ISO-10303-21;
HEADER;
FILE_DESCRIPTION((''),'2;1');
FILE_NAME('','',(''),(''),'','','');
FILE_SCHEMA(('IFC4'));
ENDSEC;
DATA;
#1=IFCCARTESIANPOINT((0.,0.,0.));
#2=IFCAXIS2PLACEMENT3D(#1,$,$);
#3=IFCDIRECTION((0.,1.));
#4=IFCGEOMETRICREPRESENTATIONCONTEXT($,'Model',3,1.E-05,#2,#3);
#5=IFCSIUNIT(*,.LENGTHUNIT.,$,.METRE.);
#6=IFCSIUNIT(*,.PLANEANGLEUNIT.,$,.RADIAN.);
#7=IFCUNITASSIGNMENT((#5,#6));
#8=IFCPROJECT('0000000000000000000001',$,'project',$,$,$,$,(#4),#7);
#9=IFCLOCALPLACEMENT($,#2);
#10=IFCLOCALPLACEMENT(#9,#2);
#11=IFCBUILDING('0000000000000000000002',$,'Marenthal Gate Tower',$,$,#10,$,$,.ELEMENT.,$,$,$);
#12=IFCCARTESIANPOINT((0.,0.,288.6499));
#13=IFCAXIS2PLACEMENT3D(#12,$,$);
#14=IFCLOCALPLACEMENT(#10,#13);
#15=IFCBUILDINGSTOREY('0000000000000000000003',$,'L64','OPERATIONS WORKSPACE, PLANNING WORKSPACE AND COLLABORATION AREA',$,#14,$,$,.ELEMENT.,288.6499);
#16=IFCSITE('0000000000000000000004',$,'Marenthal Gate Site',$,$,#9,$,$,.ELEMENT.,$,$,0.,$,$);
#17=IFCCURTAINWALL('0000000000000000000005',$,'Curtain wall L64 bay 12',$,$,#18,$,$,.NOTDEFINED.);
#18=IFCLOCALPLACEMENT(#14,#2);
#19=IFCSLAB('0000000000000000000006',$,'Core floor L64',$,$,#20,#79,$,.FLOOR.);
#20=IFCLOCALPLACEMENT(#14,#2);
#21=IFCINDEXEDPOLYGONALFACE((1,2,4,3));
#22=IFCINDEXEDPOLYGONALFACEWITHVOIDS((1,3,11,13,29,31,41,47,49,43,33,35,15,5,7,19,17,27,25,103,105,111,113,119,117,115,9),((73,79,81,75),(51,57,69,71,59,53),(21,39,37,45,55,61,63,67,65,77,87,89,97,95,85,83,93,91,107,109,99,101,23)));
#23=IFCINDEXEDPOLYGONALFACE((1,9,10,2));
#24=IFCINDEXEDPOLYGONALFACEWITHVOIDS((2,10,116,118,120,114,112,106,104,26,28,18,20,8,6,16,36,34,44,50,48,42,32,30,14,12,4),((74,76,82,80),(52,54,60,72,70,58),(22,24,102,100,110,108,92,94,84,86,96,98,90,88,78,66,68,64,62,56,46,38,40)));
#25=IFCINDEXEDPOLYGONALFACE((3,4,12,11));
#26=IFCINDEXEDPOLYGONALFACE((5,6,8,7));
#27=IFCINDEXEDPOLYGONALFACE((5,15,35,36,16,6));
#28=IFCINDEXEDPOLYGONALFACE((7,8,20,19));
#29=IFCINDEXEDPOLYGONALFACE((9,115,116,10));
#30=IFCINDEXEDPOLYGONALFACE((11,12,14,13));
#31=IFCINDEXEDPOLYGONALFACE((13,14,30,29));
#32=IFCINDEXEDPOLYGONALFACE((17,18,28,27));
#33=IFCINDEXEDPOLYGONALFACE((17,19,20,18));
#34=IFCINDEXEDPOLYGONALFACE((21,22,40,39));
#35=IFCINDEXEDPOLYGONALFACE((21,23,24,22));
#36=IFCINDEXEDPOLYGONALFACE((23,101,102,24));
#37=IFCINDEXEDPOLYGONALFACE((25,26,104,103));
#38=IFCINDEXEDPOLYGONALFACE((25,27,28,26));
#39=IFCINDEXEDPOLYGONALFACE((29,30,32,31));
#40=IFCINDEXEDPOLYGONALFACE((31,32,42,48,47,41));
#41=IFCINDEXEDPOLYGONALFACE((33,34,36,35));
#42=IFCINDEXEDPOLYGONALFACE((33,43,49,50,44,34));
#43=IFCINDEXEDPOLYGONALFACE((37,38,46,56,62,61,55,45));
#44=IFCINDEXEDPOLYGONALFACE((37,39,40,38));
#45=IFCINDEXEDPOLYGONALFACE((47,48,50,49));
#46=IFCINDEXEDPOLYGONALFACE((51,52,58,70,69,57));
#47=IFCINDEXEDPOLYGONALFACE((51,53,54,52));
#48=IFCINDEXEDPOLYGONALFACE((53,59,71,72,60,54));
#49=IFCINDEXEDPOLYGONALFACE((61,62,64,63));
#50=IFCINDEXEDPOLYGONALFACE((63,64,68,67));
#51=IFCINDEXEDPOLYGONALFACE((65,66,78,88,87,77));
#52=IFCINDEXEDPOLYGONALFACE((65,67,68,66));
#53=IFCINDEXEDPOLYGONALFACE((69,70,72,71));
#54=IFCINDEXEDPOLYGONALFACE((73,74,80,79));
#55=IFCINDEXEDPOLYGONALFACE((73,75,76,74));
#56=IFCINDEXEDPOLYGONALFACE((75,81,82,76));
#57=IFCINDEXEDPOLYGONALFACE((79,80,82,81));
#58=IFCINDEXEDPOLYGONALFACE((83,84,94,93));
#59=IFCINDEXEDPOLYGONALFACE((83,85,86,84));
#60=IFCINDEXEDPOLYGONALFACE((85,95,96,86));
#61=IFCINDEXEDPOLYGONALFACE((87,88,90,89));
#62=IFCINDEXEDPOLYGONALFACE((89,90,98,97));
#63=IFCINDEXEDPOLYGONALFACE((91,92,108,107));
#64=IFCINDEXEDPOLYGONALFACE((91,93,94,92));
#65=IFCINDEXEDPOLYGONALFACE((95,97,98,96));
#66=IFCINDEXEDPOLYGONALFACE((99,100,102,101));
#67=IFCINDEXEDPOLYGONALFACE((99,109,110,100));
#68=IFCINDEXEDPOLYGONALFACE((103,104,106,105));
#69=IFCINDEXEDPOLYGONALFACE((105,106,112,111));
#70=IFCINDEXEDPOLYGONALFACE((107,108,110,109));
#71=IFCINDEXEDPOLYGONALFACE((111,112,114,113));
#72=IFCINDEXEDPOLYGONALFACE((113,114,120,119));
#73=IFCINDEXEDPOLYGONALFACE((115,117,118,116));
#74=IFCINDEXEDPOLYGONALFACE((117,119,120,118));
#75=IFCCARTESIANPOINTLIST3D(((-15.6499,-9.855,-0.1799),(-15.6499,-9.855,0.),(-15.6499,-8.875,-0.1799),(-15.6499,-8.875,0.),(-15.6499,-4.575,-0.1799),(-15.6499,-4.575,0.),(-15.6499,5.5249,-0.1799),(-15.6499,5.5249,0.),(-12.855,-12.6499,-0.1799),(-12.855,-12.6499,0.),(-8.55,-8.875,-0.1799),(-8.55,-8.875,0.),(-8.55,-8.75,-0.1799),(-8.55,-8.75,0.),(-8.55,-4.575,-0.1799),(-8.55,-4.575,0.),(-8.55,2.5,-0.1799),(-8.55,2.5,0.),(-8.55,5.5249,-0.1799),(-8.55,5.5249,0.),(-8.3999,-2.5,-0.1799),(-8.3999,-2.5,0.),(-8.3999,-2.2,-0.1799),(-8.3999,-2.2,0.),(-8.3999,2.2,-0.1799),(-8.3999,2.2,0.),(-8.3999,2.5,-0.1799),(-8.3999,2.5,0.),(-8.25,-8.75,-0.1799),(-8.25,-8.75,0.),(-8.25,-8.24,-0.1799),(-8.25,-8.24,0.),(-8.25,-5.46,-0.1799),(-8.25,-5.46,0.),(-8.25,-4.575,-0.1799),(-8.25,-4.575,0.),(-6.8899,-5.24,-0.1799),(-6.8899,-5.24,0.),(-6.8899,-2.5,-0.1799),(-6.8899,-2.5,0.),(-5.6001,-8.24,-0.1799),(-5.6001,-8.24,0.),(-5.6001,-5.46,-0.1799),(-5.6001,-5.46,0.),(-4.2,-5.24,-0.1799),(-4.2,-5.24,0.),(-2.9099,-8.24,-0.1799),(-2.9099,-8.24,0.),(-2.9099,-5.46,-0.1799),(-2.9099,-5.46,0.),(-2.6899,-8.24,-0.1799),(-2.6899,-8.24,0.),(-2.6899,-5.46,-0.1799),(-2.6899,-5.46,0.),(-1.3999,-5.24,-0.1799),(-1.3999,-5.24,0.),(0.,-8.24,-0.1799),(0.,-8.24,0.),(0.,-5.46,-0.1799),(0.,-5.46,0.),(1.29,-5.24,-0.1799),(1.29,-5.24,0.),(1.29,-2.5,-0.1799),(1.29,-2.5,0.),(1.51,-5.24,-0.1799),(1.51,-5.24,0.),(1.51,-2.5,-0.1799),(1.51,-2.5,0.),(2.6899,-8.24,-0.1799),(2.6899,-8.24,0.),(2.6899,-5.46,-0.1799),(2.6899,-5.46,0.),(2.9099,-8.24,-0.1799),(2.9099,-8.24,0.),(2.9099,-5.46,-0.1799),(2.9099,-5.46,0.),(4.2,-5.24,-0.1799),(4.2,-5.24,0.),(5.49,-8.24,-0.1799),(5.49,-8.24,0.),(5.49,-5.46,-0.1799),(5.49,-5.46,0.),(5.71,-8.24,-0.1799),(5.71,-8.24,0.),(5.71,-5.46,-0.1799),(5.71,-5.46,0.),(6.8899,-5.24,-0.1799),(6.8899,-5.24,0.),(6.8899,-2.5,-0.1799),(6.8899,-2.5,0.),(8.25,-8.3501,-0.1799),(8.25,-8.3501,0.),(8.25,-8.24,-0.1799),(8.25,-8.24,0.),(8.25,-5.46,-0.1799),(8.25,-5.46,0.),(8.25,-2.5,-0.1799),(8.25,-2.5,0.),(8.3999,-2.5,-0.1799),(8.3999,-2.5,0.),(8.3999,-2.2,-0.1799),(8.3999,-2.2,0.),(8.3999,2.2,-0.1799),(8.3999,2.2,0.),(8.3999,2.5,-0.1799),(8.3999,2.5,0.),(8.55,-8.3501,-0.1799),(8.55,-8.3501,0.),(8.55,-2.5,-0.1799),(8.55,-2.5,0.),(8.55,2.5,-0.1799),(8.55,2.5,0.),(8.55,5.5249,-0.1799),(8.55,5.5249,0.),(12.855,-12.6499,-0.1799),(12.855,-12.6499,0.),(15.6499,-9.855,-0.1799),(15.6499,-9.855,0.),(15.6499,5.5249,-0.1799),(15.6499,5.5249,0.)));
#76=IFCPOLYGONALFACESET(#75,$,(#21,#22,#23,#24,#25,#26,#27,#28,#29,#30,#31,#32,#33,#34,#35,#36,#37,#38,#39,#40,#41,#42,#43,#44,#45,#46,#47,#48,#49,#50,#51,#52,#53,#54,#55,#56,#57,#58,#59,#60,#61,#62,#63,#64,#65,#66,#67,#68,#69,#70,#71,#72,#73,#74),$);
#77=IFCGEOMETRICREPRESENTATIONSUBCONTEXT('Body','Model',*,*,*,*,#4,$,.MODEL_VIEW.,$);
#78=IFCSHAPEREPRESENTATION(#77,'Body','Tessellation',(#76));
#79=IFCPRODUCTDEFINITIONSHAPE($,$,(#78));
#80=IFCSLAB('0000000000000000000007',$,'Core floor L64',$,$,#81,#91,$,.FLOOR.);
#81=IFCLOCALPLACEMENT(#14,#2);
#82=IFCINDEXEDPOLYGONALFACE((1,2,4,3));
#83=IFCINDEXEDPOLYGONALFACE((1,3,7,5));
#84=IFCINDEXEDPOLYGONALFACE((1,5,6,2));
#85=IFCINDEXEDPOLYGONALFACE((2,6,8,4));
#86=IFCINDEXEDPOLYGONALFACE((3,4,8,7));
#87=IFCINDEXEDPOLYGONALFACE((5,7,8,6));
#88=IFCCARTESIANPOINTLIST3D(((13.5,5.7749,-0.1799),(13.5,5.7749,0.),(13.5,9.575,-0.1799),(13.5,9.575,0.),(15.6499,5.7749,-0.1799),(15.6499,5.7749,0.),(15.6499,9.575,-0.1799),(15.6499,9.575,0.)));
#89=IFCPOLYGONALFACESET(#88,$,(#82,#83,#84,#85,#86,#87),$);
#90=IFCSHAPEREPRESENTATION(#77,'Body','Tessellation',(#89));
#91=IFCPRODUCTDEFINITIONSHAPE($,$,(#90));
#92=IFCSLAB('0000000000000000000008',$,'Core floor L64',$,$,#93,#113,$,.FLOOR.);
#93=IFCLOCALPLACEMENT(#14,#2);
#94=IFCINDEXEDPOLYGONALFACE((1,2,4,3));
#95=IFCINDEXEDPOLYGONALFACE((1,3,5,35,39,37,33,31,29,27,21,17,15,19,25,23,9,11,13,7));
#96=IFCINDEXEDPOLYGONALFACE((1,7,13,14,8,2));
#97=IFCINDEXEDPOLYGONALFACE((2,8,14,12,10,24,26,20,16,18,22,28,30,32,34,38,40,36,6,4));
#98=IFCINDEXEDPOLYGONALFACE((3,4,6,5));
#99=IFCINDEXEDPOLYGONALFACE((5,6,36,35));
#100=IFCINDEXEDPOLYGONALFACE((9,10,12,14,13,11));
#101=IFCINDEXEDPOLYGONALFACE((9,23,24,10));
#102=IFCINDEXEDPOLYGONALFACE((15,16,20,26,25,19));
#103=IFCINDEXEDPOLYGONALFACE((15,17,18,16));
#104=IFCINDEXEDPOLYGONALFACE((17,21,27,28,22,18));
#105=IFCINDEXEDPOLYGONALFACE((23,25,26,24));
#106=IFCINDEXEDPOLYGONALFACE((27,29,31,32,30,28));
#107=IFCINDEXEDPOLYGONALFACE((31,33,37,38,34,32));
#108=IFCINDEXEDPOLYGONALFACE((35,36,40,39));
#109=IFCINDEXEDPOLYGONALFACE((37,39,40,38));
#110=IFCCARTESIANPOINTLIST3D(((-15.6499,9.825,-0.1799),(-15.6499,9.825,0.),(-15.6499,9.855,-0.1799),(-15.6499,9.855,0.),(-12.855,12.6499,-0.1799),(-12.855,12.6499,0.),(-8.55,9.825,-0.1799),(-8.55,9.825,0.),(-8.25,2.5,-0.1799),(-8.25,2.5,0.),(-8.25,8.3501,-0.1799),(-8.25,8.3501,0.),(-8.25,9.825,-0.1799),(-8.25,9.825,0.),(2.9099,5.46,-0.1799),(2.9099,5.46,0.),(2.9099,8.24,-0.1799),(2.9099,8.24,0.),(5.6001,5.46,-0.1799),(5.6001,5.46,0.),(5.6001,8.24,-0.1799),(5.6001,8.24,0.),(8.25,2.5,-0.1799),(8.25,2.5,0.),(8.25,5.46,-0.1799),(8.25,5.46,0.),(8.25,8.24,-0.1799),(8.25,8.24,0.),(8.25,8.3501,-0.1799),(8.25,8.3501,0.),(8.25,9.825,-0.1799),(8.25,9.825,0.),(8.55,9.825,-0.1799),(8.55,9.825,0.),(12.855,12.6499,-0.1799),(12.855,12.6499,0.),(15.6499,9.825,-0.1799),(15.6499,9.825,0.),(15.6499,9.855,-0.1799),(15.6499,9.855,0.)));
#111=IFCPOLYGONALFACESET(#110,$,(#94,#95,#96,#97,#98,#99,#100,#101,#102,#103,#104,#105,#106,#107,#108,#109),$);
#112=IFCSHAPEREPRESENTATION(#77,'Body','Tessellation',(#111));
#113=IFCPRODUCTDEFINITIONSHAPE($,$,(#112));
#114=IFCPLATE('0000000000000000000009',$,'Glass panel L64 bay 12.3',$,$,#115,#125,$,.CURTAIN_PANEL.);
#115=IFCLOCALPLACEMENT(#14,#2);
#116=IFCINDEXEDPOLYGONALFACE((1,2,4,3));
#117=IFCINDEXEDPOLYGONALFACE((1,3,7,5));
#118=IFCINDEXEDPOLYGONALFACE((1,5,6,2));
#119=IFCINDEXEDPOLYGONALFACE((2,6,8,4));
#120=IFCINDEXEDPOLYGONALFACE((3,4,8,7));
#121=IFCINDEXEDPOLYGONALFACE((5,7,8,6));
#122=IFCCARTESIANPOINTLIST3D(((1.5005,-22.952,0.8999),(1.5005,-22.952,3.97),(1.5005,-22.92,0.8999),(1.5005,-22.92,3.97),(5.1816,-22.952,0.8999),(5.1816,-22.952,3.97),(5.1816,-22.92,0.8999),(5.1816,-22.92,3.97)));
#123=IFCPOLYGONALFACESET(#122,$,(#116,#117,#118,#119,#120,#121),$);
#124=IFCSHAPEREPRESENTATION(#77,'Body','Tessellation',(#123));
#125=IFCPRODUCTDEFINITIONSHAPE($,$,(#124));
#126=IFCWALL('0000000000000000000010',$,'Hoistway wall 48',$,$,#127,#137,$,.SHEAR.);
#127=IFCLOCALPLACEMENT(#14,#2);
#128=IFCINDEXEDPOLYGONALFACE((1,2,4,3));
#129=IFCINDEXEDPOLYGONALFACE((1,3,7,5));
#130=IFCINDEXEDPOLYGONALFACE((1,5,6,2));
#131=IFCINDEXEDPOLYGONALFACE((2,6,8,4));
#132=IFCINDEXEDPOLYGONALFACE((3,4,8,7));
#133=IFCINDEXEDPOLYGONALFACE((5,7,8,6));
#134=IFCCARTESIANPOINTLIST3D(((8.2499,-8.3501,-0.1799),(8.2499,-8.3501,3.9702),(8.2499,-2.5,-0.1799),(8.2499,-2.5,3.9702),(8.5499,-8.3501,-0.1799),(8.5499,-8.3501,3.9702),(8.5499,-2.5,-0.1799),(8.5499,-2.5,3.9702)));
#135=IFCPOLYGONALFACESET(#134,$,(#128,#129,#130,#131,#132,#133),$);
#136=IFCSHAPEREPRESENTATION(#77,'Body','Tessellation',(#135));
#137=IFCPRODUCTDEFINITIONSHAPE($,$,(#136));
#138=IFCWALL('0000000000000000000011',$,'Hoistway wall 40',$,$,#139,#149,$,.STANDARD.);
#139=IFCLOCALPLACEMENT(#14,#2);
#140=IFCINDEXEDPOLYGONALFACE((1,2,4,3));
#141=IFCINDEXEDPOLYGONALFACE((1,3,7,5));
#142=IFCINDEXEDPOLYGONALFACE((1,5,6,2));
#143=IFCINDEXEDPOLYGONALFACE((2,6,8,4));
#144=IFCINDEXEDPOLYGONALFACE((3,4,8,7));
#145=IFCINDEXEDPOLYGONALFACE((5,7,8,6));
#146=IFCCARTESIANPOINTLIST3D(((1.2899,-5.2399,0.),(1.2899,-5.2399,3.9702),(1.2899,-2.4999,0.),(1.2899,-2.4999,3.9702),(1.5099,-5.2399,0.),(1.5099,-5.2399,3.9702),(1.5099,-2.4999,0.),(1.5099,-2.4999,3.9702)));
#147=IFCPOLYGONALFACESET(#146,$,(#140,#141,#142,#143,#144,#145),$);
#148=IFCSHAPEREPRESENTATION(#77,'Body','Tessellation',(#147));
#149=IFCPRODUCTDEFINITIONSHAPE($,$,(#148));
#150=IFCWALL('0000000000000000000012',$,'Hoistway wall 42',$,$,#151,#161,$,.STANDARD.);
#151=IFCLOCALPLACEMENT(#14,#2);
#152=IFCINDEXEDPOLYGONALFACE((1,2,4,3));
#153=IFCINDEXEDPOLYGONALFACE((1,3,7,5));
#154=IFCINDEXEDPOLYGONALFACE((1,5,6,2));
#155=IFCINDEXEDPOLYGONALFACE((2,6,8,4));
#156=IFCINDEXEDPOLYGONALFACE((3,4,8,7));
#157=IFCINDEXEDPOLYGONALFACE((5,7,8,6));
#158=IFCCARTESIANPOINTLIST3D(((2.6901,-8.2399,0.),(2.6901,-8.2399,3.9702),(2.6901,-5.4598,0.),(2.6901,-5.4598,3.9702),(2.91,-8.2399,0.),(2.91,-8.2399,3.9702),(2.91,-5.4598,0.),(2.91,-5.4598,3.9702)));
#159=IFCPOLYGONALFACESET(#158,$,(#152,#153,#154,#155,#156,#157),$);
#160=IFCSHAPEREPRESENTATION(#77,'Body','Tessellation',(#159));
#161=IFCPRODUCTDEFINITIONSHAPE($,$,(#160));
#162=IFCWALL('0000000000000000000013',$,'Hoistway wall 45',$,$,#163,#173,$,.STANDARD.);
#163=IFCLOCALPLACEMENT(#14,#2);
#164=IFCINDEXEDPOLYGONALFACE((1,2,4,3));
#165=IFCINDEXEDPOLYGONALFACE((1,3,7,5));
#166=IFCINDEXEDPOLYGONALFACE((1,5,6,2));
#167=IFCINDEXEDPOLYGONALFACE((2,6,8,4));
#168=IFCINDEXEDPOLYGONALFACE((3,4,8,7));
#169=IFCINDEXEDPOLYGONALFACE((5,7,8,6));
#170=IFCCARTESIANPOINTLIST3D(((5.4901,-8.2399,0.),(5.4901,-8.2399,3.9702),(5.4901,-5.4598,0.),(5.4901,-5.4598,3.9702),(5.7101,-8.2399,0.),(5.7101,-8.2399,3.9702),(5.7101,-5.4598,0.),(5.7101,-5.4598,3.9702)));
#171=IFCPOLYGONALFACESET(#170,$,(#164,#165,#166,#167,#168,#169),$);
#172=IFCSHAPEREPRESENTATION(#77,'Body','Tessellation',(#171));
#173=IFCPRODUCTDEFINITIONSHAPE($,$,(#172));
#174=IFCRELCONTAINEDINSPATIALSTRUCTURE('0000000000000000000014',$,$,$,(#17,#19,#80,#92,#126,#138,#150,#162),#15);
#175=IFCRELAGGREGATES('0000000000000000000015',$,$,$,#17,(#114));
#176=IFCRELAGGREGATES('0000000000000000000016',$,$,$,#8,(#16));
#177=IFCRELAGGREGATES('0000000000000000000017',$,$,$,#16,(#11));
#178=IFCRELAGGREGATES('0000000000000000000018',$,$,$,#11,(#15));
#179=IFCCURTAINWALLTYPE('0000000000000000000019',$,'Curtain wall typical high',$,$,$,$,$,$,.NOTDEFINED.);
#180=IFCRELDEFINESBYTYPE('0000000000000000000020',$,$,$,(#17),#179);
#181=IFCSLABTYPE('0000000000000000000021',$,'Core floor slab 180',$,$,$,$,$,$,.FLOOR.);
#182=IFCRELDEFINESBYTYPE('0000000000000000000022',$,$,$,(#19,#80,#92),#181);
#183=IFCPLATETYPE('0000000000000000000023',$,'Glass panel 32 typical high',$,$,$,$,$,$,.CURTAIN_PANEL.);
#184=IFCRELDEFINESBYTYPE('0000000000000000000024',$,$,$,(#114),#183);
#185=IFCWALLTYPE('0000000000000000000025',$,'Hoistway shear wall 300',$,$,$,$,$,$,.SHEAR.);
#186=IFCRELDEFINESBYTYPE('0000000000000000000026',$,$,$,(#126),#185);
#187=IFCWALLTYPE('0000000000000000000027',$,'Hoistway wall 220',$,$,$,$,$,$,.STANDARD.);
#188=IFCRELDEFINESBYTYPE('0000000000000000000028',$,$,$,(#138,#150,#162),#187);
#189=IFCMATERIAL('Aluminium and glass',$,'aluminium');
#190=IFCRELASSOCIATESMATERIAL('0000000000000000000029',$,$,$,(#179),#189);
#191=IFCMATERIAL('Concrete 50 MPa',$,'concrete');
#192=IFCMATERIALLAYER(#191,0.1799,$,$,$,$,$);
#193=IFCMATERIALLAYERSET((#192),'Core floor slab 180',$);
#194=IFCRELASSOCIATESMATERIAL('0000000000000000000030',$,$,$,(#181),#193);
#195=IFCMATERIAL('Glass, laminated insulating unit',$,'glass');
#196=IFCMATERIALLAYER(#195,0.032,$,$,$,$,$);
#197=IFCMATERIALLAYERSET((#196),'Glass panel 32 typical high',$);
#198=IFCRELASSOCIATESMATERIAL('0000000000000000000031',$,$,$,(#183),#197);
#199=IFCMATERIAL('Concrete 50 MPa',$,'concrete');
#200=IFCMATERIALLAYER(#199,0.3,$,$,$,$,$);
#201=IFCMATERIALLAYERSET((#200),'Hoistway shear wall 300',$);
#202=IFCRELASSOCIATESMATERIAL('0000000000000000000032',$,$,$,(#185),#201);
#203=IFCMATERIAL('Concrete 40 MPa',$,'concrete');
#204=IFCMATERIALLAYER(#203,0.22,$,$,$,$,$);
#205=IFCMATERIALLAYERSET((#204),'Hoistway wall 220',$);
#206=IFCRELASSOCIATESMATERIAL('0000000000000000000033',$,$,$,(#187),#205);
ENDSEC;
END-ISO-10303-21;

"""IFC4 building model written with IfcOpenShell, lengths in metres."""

from ifc_helpers import new_model, si_unit, direction, frame, frame_2d, origin, origin_2d, place, context, subcontext, project, spatial, polyline, rectangle, outline, extrude, material, layer, layer_set, type_object, element, aggregate, save


model = new_model("IFC4")

# Units and contexts
model_context = context("Model", 3, precision=1e-05, world=origin(), true_north=direction((0.0, 1.0)))
body_context = subcontext(model_context, "Body", "Model", "MODEL_VIEW")
ifc_project = project(units=[si_unit("LENGTHUNIT", "METRE"), si_unit("PLANEANGLEUNIT", "RADIAN")], contexts=[model_context])

# Site, building, storey
site_placement = place(None, origin())
site = spatial("IfcSite", under=ifc_project, at=site_placement, Name="Marenthal Gate Site", CompositionType="ELEMENT", RefElevation=0.0)
building_placement = place(site_placement, origin())
building = spatial("IfcBuilding", under=site, at=building_placement, Name="Marenthal Gate Tower", CompositionType="ELEMENT")
storey_placement = place(building_placement, frame((0.0, 0.0, 288.6499)))
storey = spatial("IfcBuildingStorey", under=building, at=storey_placement, Name="L64", Description="OPERATIONS WORKSPACE, PLANNING WORKSPACE AND COLLABORATION AREA", CompositionType="ELEMENT", Elevation=288.6499)

# Curtain wall
ifc_material_1 = material(Name="Aluminium and glass", Category="aluminium")
curtain_wall_type = type_object("IfcCurtainWallType", Name="Curtain wall typical high", PredefinedType="NOTDEFINED", material=ifc_material_1)
curtain_wall_placement = place(storey_placement, origin())
curtain_wall = element("IfcCurtainWall", 1, at=curtain_wall_placement, inside=storey, type_object=curtain_wall_type, Name="Curtain wall L64 bay 12", PredefinedType="NOTDEFINED")

# Slabs
ifc_material_2 = material(Name="Concrete 50 MPa", Category="concrete")
ifc_layer_1 = layer(ifc_material_2, 0.1799)
ifc_layer_set_1 = layer_set([ifc_layer_1], Name="Core floor slab 180")
slab_type_1 = type_object("IfcSlabType", Name="Core floor slab 180", PredefinedType="FLOOR", material=ifc_layer_set_1)
slab_1_placement = place(storey_placement, frame((0.0, 0.0, -0.1799)))
element("IfcSlab", 2, at=slab_1_placement, inside=storey, type_object=slab_type_1, Name="Core floor L64", PredefinedType="FLOOR", context=body_context, shape_type="SweptSolid", body=[
    extrude(outline(polyline([(12.855, -12.6499), (-12.855, -12.6499), (-15.6499, -9.855), (-15.6499, -8.875), (-8.55, -8.875), (-8.55, -8.75), (-8.25, -8.75), (-8.25, -8.24), (-5.6001, -8.24), (-2.9099, -8.24), (-2.9099, -5.46), (-5.6001, -5.46), (-8.25, -5.46), (-8.25, -4.575), (-8.55, -4.575), (-15.6499, -4.575), (-15.6499, 5.5249), (-8.55, 5.5249), (-8.55, 2.5), (-8.3999, 2.5), (-8.3999, 2.2), (8.3999, 2.2), (8.3999, 2.5), (8.55, 2.5), (8.55, 5.5249), (15.6499, 5.5249), (15.6499, -9.855), (12.855, -12.6499)]), holes=[polyline([(0.0, -8.24), (2.6899, -8.24), (2.6899, -5.46), (0.0, -5.46), (-2.6899, -5.46), (-2.6899, -8.24), (0.0, -8.24)]), polyline([(1.29, -5.24), (1.29, -2.5), (1.51, -2.5), (1.51, -5.24), (4.2, -5.24), (6.8899, -5.24), (6.8899, -2.5), (8.25, -2.5), (8.25, -5.46), (5.71, -5.46), (5.71, -8.24), (8.25, -8.24), (8.25, -8.3501), (8.55, -8.3501), (8.55, -2.5), (8.3999, -2.5), (8.3999, -2.2), (-8.3999, -2.2), (-8.3999, -2.5), (-6.8899, -2.5), (-6.8899, -5.24), (-4.2, -5.24), (-1.3999, -5.24), (1.29, -5.24)]), polyline([(5.49, -5.46), (2.9099, -5.46), (2.9099, -8.24), (5.49, -8.24), (5.49, -5.46)])]), origin(), (0.0, 0.0, 1.0), 0.1799),
])
slab_2_placement = place(storey_placement, frame((0.0, 0.0, -0.1799)))
element("IfcSlab", 3, at=slab_2_placement, inside=storey, type_object=slab_type_1, Name="Core floor L64", PredefinedType="FLOOR", context=body_context, shape_type="SweptSolid", body=[
    extrude(outline(polyline([(15.6499, 5.7749), (13.5, 5.7749), (13.5, 9.575), (15.6499, 9.575), (15.6499, 5.7749)])), origin(), (0.0, 0.0, 1.0), 0.1799),
])
slab_3_placement = place(storey_placement, frame((0.0, 0.0, -0.1799)))
element("IfcSlab", 4, at=slab_3_placement, inside=storey, type_object=slab_type_1, Name="Core floor L64", PredefinedType="FLOOR", context=body_context, shape_type="SweptSolid", body=[
    extrude(outline(polyline([(15.6499, 9.825), (8.55, 9.825), (8.25, 9.825), (8.25, 8.3501), (8.25, 8.24), (5.6001, 8.24), (2.9099, 8.24), (2.9099, 5.46), (5.6001, 5.46), (8.25, 5.46), (8.25, 2.5), (-8.25, 2.5), (-8.25, 8.3501), (-8.25, 9.825), (-8.55, 9.825), (-15.6499, 9.825), (-15.6499, 9.855), (-12.855, 12.6499), (12.855, 12.6499), (15.6499, 9.855), (15.6499, 9.825)])), origin(), (0.0, 0.0, 1.0), 0.1799),
])

# Plate
ifc_material_3 = material(Name="Glass, laminated insulating unit", Category="glass")
ifc_layer_2 = layer(ifc_material_3, 0.032)
ifc_layer_set_2 = layer_set([ifc_layer_2], Name="Glass panel 32 typical high")
plate_type = type_object("IfcPlateType", Name="Glass panel 32 typical high", PredefinedType="CURTAIN_PANEL", material=ifc_layer_set_2)
plate_placement = place(storey_placement, frame((3.3411, -22.936, 0.8999), z_axis=(0.0, 0.0, 1.0), x_axis=(1.0, 0.0, 0.0)))
plate = element("IfcPlate", 5, at=plate_placement, type_object=plate_type, Name="Glass panel L64 bay 12.3", PredefinedType="CURTAIN_PANEL", context=body_context, shape_type="SweptSolid", body=[
    extrude(rectangle(XDim=3.6812, YDim=0.032, at=origin_2d()), origin(), (0.0, 0.0, 1.0), 3.0701),
])
aggregate(curtain_wall, [plate])

# Walls
ifc_material_4 = material(Name="Concrete 50 MPa", Category="concrete")
ifc_layer_3 = layer(ifc_material_4, 0.3)
ifc_layer_set_3 = layer_set([ifc_layer_3], Name="Hoistway shear wall 300")
wall_type_1 = type_object("IfcWallType", Name="Hoistway shear wall 300", PredefinedType="SHEAR", material=ifc_layer_set_3)
wall_1_placement = place(storey_placement, frame((8.3999, -8.3501, -0.1799), z_axis=(0.0, 0.0, 1.0), x_axis=(0.0, 1.0, 0.0)))
element("IfcWall", 6, at=wall_1_placement, inside=storey, type_object=wall_type_1, Name="Hoistway wall 48", PredefinedType="SHEAR", context=body_context, shape_type="SweptSolid", body=[
    extrude(rectangle(XDim=5.8501, YDim=0.3, at=frame_2d((2.925, 0.0))), origin(), (0.0, 0.0, 1.0), 4.1501),
])
ifc_material_5 = material(Name="Concrete 40 MPa", Category="concrete")
ifc_layer_4 = layer(ifc_material_5, 0.22)
ifc_layer_set_4 = layer_set([ifc_layer_4], Name="Hoistway wall 220")
wall_type_2 = type_object("IfcWallType", Name="Hoistway wall 220", PredefinedType="STANDARD", material=ifc_layer_set_4)
wall_2_placement = place(storey_placement, frame((1.3999, -5.24, 0.0), z_axis=(0.0, 0.0, 1.0), x_axis=(0.0, 1.0, 0.0)))
element("IfcWall", 7, at=wall_2_placement, inside=storey, type_object=wall_type_2, Name="Hoistway wall 40", PredefinedType="STANDARD", context=body_context, shape_type="SweptSolid", body=[
    extrude(rectangle(XDim=2.74, YDim=0.22, at=frame_2d((1.3701, 0.0))), origin(), (0.0, 0.0, 1.0), 3.9702),
])
for number, where, z_axis, x_axis, name in (
    (8, (2.8, -8.24, 0.0), (0.0, 0.0, 1.0), (0.0, 1.0, 0.0), "Hoistway wall 42"),
    (9, (5.6001, -8.24, 0.0), (0.0, 0.0, 1.0), (0.0, 1.0, 0.0), "Hoistway wall 45"),
):
    element("IfcWall", number, at=place(storey_placement, frame(where, z_axis=z_axis, x_axis=x_axis)), inside=storey, type_object=wall_type_2, Name=name, PredefinedType="STANDARD", context=body_context, shape_type="SweptSolid", body=[
        extrude(rectangle(XDim=2.78, YDim=0.22, at=frame_2d((1.3901, 0.0))), origin(), (0.0, 0.0, 1.0), 3.9702),
    ])

save(model, "model.ifc")
